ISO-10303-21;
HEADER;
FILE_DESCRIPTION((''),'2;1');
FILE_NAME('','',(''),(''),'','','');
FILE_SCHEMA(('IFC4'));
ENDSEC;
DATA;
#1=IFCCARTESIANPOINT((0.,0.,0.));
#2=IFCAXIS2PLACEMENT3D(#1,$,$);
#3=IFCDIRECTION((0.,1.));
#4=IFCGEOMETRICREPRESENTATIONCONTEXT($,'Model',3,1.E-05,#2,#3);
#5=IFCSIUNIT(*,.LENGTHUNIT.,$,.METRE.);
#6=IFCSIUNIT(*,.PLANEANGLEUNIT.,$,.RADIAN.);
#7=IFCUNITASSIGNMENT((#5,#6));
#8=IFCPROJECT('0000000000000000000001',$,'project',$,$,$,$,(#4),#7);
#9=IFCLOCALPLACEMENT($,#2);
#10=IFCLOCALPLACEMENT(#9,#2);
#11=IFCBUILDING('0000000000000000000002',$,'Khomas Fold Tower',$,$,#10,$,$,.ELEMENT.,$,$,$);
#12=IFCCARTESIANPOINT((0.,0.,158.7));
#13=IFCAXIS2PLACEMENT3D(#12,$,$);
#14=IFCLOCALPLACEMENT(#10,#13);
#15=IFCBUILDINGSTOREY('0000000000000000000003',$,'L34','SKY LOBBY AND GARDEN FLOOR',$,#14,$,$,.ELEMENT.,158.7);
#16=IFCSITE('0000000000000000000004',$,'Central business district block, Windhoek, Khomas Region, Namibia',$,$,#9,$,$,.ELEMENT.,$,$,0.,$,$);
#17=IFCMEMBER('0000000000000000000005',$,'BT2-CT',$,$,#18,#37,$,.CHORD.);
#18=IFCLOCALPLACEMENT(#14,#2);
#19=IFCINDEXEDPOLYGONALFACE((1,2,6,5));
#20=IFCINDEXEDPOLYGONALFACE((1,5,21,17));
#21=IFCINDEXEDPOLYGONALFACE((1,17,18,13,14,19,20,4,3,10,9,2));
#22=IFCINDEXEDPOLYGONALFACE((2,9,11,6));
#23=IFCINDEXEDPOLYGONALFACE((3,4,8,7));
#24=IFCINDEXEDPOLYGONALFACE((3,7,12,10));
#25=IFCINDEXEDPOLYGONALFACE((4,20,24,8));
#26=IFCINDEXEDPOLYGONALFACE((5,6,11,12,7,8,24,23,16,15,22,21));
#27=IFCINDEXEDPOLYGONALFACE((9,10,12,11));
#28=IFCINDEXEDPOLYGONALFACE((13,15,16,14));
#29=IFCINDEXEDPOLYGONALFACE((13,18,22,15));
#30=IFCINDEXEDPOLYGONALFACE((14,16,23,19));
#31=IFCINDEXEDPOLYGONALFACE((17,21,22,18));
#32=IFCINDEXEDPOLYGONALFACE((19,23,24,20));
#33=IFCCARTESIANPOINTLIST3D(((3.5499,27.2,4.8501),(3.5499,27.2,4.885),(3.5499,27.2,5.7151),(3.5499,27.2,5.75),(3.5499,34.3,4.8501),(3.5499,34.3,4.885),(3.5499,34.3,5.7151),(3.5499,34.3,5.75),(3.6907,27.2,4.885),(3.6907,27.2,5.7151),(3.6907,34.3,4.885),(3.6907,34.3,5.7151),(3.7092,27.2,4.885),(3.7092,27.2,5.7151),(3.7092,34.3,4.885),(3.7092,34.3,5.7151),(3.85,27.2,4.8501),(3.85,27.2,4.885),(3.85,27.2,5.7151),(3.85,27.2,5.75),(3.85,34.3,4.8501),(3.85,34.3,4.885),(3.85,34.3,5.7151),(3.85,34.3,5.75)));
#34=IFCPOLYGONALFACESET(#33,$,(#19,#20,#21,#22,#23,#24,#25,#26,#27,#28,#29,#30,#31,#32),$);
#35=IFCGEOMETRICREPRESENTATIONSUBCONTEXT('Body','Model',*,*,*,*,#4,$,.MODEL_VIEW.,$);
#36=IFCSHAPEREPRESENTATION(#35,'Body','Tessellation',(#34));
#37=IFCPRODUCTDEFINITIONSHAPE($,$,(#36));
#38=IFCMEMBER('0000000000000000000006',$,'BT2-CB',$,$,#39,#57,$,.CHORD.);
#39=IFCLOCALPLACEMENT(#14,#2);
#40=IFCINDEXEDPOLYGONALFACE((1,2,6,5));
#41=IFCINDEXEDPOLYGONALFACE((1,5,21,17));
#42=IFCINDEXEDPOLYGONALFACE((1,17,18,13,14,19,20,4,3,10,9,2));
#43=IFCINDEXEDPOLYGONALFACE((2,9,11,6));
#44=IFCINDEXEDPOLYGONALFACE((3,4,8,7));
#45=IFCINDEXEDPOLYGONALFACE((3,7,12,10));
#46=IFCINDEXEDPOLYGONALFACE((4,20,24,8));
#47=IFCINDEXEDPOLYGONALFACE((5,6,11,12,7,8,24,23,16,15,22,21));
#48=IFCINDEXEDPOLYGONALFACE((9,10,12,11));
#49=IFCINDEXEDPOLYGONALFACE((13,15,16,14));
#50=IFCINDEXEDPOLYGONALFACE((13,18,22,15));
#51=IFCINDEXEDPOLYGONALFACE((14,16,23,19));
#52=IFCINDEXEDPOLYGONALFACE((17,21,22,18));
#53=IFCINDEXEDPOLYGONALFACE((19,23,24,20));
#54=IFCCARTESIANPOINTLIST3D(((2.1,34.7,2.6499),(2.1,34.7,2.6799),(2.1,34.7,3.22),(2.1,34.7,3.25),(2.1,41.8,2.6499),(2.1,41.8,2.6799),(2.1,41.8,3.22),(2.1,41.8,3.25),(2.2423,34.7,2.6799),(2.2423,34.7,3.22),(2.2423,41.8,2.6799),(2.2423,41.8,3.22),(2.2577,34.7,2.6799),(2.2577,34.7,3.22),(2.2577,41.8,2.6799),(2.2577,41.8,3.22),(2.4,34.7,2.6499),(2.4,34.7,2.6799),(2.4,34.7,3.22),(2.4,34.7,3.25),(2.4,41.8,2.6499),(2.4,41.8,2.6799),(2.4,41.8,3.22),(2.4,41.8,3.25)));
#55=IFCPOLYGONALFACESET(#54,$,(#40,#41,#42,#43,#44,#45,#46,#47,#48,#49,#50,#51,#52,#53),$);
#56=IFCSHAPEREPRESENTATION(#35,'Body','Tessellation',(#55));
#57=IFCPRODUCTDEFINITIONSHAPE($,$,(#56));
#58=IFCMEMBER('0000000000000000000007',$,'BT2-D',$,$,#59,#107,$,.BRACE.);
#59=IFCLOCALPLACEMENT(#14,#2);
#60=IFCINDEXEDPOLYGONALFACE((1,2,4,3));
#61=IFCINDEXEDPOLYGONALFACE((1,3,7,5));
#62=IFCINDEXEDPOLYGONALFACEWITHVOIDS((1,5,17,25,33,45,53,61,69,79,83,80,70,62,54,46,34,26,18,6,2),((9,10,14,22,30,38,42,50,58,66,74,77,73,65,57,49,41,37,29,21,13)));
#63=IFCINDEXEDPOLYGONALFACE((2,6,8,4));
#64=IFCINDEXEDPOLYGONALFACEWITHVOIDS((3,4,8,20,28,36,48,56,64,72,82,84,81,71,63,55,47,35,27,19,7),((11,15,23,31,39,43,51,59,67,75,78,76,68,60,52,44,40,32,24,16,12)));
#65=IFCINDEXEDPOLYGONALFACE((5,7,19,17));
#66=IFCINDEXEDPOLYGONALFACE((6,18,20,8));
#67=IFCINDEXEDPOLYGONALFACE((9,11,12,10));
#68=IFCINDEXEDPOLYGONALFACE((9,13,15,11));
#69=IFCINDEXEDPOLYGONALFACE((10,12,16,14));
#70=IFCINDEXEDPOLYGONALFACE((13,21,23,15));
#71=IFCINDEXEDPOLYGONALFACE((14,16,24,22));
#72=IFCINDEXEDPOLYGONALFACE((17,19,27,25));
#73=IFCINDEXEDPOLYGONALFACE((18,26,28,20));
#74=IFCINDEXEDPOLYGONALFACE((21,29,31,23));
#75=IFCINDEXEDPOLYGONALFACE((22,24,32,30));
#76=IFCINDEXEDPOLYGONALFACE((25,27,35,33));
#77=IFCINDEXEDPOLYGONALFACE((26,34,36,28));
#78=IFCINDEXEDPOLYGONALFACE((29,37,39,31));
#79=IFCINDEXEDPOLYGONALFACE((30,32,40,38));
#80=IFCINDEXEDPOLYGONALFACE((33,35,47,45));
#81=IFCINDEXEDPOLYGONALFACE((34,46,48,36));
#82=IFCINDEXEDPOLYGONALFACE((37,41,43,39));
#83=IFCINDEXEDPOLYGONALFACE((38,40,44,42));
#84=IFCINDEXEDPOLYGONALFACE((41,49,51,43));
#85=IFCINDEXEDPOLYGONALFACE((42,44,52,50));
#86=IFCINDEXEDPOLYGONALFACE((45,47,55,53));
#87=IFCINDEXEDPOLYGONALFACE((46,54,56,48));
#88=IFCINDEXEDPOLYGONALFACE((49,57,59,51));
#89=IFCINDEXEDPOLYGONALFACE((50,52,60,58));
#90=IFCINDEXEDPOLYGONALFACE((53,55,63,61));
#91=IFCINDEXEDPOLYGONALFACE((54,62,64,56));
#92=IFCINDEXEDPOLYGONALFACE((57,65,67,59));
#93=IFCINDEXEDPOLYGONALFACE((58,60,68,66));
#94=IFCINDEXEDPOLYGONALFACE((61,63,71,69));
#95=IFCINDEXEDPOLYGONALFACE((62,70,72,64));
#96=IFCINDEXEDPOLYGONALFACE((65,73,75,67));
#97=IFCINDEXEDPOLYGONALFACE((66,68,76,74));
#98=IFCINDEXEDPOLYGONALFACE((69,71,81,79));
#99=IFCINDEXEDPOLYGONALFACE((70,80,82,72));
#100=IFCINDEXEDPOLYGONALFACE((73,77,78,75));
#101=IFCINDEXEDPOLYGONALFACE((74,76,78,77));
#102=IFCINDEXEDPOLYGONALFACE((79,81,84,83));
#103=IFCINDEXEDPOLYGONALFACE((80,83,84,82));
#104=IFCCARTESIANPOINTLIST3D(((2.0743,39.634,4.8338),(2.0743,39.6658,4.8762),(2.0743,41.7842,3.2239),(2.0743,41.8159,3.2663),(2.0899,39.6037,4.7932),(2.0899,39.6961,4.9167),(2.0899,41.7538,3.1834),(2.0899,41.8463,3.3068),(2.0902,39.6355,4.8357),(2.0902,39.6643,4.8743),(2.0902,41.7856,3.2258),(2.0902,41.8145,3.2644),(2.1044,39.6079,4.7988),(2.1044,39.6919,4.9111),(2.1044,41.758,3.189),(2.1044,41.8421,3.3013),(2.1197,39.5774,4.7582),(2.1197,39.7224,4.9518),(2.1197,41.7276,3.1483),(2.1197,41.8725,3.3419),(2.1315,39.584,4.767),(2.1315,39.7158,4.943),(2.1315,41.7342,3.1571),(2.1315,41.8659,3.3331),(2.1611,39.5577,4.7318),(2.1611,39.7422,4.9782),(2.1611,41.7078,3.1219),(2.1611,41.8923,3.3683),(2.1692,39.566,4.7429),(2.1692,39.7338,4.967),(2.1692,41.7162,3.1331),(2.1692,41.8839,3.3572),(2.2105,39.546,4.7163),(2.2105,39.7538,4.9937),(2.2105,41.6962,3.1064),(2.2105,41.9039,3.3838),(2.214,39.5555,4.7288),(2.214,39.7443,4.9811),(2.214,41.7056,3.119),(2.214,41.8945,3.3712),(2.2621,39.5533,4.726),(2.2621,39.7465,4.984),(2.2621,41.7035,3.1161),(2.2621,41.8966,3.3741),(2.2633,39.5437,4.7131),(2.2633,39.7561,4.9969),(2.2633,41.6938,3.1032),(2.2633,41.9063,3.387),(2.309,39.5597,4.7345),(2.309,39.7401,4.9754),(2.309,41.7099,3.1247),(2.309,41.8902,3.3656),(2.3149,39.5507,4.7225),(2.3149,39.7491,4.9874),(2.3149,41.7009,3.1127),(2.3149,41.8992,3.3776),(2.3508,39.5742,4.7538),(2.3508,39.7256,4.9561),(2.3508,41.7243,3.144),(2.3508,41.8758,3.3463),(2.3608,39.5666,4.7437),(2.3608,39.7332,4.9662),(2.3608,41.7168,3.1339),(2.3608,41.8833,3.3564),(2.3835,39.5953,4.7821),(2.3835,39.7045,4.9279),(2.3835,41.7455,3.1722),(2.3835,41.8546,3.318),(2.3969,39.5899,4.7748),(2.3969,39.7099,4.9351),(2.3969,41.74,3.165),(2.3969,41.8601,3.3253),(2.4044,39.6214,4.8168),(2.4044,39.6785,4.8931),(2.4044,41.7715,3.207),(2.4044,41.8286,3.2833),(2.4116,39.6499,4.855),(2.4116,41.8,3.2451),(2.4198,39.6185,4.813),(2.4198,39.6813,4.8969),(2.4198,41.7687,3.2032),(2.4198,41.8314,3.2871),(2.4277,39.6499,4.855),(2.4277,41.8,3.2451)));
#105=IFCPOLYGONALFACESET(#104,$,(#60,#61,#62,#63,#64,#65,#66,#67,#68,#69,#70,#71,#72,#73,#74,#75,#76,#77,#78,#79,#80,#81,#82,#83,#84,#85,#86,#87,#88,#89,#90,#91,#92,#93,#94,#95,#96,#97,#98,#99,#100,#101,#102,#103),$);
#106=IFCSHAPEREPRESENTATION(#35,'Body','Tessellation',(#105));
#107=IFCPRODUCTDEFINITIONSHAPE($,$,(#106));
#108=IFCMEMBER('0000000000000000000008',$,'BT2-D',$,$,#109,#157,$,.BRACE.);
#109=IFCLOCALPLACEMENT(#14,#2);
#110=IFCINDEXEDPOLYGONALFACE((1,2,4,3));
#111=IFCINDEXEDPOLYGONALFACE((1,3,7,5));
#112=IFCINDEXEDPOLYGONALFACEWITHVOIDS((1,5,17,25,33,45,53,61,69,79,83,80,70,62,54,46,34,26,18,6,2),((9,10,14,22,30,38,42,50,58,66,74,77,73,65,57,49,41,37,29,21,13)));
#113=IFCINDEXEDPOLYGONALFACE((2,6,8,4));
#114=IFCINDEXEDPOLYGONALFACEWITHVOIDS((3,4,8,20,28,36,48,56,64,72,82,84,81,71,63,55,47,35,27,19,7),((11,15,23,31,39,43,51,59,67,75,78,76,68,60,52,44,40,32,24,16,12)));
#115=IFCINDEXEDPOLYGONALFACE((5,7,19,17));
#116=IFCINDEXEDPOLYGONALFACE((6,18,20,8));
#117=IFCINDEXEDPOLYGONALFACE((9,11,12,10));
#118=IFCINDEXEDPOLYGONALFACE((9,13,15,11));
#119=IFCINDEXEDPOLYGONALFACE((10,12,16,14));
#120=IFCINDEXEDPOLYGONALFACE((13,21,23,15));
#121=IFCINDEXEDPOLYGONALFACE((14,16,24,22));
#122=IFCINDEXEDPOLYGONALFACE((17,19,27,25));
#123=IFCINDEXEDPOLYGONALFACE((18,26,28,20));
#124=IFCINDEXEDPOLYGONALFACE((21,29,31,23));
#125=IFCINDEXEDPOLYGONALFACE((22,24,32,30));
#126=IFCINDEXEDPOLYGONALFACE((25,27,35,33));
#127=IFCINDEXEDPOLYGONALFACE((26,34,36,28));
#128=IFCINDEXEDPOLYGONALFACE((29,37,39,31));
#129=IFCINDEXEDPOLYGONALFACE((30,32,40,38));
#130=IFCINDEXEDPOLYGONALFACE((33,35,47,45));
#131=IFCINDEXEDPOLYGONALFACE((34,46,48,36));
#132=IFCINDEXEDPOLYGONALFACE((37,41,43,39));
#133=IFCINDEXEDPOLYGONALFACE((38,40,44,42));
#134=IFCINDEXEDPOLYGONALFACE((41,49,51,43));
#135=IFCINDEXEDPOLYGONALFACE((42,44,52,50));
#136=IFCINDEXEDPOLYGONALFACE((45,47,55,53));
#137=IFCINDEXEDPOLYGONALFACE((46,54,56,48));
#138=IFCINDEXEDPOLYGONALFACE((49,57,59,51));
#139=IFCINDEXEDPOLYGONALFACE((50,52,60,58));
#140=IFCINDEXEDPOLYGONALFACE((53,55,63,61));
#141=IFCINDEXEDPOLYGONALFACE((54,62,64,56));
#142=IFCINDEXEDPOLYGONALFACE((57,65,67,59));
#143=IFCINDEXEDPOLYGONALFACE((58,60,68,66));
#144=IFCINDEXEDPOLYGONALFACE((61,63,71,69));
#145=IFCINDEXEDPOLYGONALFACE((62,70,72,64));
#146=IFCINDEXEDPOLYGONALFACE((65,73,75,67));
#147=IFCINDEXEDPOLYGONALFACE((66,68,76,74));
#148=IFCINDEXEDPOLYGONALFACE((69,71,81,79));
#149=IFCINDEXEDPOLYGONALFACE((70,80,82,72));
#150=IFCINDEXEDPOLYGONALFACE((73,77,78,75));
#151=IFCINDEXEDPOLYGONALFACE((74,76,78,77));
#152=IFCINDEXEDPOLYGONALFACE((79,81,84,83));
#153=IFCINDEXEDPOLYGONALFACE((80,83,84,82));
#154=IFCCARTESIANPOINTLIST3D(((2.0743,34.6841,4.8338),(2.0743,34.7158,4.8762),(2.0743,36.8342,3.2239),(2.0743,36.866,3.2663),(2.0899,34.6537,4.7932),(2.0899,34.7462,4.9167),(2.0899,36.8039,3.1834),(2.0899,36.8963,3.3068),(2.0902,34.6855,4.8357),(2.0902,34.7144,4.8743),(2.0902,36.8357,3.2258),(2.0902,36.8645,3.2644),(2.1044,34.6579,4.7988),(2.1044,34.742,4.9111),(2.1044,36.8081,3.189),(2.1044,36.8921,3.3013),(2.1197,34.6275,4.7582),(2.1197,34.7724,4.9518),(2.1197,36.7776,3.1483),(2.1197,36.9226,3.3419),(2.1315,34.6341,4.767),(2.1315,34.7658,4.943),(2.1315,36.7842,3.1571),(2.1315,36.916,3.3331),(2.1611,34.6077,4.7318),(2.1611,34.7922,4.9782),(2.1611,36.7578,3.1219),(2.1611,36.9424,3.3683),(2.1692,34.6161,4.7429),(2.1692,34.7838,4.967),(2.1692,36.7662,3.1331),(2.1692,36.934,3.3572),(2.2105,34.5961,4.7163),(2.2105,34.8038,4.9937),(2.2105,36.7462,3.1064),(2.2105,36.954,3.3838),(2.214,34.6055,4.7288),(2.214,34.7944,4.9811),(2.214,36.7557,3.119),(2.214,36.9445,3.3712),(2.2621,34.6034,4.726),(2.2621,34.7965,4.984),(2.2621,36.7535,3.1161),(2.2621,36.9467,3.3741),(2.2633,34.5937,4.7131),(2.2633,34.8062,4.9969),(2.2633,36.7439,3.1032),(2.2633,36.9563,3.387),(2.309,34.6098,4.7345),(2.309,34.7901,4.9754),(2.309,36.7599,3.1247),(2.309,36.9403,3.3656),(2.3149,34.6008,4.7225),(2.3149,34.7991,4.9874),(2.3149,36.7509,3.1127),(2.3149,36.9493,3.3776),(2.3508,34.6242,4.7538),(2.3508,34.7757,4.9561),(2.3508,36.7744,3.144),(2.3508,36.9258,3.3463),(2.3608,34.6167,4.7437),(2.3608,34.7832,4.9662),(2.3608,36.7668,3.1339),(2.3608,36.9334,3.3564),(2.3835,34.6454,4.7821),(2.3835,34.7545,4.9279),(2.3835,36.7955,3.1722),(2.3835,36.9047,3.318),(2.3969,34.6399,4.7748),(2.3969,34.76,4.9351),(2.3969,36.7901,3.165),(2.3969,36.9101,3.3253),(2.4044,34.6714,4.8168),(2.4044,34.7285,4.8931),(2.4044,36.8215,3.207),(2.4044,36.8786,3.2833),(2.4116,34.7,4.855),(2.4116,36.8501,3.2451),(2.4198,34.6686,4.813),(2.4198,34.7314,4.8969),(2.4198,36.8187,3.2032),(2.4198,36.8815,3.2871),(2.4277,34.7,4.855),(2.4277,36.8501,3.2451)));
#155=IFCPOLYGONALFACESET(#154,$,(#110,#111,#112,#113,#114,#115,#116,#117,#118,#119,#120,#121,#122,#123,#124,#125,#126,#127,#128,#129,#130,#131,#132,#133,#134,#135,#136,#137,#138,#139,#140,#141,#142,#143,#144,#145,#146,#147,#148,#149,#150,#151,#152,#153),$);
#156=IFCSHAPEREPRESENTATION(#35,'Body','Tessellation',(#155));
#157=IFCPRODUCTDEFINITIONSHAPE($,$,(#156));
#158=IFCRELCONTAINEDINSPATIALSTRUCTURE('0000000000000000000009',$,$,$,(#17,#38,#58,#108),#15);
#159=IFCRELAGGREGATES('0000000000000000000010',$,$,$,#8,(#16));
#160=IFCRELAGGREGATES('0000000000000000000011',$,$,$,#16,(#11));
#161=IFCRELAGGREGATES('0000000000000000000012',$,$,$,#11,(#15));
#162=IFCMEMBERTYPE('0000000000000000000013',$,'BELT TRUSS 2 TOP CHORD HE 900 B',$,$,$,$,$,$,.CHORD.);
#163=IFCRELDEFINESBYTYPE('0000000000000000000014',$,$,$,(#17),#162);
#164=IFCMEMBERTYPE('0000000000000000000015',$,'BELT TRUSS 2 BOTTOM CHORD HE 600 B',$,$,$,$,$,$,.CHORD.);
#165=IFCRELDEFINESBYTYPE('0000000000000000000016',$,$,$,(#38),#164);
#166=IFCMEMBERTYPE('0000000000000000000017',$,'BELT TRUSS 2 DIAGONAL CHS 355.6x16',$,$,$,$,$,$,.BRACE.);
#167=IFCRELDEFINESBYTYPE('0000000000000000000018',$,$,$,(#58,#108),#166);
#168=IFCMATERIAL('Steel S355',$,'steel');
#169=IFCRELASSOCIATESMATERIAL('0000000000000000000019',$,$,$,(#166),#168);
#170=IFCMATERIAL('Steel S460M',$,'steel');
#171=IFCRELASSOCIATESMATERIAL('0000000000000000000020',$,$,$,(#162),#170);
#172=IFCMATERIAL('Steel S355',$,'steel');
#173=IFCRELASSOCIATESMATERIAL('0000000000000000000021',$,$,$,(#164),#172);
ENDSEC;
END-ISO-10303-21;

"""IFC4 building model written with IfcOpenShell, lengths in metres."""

from ifc_helpers import new_model, si_unit, direction, frame, origin, origin_2d, place, context, subcontext, project, spatial, hollow_circle, i_section, extrude, source, transform, mapped, material, material_profile, profile_set, type_object, element, save


model = new_model("IFC4")

# Units and contexts
model_context = context("Model", 3, precision=1e-05, world=origin(), true_north=direction((0.0, 1.0)))
body_context = subcontext(model_context, "Body", "Model", "MODEL_VIEW")
ifc_project = project(units=[si_unit("LENGTHUNIT", "METRE"), si_unit("PLANEANGLEUNIT", "RADIAN")], contexts=[model_context])

# Site, building, storey
site_placement = place(None, origin())
site = spatial("IfcSite", under=ifc_project, at=site_placement, Name="Central business district block, Windhoek, Khomas Region, Namibia", CompositionType="ELEMENT", RefElevation=0.0)
building_placement = place(site_placement, origin())
building = spatial("IfcBuilding", under=site, at=building_placement, Name="Khomas Fold Tower", CompositionType="ELEMENT")
storey_placement = place(building_placement, frame((0.0, 0.0, 158.7)))
storey = spatial("IfcBuildingStorey", under=building, at=storey_placement, Name="L34", Description="SKY LOBBY AND GARDEN FLOOR", CompositionType="ELEMENT", Elevation=158.7)

# Members
ifc_material_1 = material(Name="Steel S355", Category="steel")
ifc_material_profile_1 = material_profile(ifc_material_1, hollow_circle(Radius=0.1777, WallThickness=0.0161, at=origin_2d()), Name="CHS 355.6x16")
ifc_profile_set_1 = profile_set([ifc_material_profile_1], Name="Steel S355")
member_type_1 = type_object("IfcMemberType", Name="BELT TRUSS 2 DIAGONAL CHS 355.6x16", PredefinedType="BRACE", material=ifc_profile_set_1)
ifc_material_2 = material(Name="Steel S460M", Category="steel")
ifc_material_profile_2 = material_profile(ifc_material_2, i_section(OverallWidth=0.3, OverallDepth=0.8999, WebThickness=0.0186, FlangeThickness=0.0349, at=origin_2d()), Name="HE 900 B")
ifc_profile_set_2 = profile_set([ifc_material_profile_2], Name="Steel S460M")
member_type_2 = type_object("IfcMemberType", Name="BELT TRUSS 2 TOP CHORD HE 900 B", PredefinedType="CHORD", material=ifc_profile_set_2)
shared_shape_1 = source(origin(), body_context, "Body", "SweptSolid", [
    extrude(i_section(OverallWidth=0.3, OverallDepth=0.8999, WebThickness=0.0186, FlangeThickness=0.0349, at=origin_2d()), origin(), (0.0, 0.0, 1.0), 7.1001),
])
for number, where, z_axis, x_axis, name in (
    (1, (3.7, 34.3, 5.3), (0.0, -1.0, 0.0), (1.0, 0.0, 0.0), "BT2-CT"),
):
    element("IfcMember", number, at=place(storey_placement, frame(where, z_axis=z_axis, x_axis=x_axis)), inside=storey, type_object=member_type_2, Name=name, PredefinedType="CHORD", context=body_context, shape_type="MappedRepresentation", body=[
        mapped(shared_shape_1, transform((0.0, 0.0, 0.0))),
    ])
ifc_material_3 = material(Name="Steel S355", Category="steel")
ifc_material_profile_3 = material_profile(ifc_material_3, i_section(OverallWidth=0.3, OverallDepth=0.6001, WebThickness=0.0154, FlangeThickness=0.03, at=origin_2d()), Name="HE 600 B")
ifc_profile_set_3 = profile_set([ifc_material_profile_3], Name="Steel S355")
member_type_3 = type_object("IfcMemberType", Name="BELT TRUSS 2 BOTTOM CHORD HE 600 B", PredefinedType="CHORD", material=ifc_profile_set_3)
shared_shape_2 = source(origin(), body_context, "Body", "SweptSolid", [
    extrude(i_section(OverallWidth=0.3, OverallDepth=0.6001, WebThickness=0.0154, FlangeThickness=0.03, at=origin_2d()), origin(), (0.0, 0.0, 1.0), 7.1001),
])
member_1_placement = place(storey_placement, frame((2.25, 41.8, 2.95), z_axis=(0.0, -1.0, 0.0), x_axis=(1.0, 0.0, 0.0)))
element("IfcMember", 2, at=member_1_placement, inside=storey, type_object=member_type_3, Name="BT2-CB", PredefinedType="CHORD", context=body_context, shape_type="MappedRepresentation", body=[
    mapped(shared_shape_2, transform((0.0, 0.0, 0.0))),
])
shared_shape_3 = source(origin(), body_context, "Body", "SweptSolid", [
    extrude(hollow_circle(Radius=0.1777, WallThickness=0.0161, at=origin_2d()), origin(), (0.0, 0.0, 1.0), 2.686),
])
for number, where, z_axis, x_axis, name in (
    (3, (2.25, 41.8, 3.2451), (0.0, -0.800491, 0.599345), (1.0, 0.0, 0.0), "BT2-D"),
    (4, (2.25, 36.8501, 3.2451), (0.0, -0.800491, 0.599345), (1.0, 0.0, 0.0), "BT2-D"),
):
    element("IfcMember", number, at=place(storey_placement, frame(where, z_axis=z_axis, x_axis=x_axis)), inside=storey, type_object=member_type_1, Name=name, PredefinedType="BRACE", context=body_context, shape_type="MappedRepresentation", body=[
        mapped(shared_shape_3, transform((0.0, 0.0, 0.0))),
    ])

save(model, "model.ifc")
